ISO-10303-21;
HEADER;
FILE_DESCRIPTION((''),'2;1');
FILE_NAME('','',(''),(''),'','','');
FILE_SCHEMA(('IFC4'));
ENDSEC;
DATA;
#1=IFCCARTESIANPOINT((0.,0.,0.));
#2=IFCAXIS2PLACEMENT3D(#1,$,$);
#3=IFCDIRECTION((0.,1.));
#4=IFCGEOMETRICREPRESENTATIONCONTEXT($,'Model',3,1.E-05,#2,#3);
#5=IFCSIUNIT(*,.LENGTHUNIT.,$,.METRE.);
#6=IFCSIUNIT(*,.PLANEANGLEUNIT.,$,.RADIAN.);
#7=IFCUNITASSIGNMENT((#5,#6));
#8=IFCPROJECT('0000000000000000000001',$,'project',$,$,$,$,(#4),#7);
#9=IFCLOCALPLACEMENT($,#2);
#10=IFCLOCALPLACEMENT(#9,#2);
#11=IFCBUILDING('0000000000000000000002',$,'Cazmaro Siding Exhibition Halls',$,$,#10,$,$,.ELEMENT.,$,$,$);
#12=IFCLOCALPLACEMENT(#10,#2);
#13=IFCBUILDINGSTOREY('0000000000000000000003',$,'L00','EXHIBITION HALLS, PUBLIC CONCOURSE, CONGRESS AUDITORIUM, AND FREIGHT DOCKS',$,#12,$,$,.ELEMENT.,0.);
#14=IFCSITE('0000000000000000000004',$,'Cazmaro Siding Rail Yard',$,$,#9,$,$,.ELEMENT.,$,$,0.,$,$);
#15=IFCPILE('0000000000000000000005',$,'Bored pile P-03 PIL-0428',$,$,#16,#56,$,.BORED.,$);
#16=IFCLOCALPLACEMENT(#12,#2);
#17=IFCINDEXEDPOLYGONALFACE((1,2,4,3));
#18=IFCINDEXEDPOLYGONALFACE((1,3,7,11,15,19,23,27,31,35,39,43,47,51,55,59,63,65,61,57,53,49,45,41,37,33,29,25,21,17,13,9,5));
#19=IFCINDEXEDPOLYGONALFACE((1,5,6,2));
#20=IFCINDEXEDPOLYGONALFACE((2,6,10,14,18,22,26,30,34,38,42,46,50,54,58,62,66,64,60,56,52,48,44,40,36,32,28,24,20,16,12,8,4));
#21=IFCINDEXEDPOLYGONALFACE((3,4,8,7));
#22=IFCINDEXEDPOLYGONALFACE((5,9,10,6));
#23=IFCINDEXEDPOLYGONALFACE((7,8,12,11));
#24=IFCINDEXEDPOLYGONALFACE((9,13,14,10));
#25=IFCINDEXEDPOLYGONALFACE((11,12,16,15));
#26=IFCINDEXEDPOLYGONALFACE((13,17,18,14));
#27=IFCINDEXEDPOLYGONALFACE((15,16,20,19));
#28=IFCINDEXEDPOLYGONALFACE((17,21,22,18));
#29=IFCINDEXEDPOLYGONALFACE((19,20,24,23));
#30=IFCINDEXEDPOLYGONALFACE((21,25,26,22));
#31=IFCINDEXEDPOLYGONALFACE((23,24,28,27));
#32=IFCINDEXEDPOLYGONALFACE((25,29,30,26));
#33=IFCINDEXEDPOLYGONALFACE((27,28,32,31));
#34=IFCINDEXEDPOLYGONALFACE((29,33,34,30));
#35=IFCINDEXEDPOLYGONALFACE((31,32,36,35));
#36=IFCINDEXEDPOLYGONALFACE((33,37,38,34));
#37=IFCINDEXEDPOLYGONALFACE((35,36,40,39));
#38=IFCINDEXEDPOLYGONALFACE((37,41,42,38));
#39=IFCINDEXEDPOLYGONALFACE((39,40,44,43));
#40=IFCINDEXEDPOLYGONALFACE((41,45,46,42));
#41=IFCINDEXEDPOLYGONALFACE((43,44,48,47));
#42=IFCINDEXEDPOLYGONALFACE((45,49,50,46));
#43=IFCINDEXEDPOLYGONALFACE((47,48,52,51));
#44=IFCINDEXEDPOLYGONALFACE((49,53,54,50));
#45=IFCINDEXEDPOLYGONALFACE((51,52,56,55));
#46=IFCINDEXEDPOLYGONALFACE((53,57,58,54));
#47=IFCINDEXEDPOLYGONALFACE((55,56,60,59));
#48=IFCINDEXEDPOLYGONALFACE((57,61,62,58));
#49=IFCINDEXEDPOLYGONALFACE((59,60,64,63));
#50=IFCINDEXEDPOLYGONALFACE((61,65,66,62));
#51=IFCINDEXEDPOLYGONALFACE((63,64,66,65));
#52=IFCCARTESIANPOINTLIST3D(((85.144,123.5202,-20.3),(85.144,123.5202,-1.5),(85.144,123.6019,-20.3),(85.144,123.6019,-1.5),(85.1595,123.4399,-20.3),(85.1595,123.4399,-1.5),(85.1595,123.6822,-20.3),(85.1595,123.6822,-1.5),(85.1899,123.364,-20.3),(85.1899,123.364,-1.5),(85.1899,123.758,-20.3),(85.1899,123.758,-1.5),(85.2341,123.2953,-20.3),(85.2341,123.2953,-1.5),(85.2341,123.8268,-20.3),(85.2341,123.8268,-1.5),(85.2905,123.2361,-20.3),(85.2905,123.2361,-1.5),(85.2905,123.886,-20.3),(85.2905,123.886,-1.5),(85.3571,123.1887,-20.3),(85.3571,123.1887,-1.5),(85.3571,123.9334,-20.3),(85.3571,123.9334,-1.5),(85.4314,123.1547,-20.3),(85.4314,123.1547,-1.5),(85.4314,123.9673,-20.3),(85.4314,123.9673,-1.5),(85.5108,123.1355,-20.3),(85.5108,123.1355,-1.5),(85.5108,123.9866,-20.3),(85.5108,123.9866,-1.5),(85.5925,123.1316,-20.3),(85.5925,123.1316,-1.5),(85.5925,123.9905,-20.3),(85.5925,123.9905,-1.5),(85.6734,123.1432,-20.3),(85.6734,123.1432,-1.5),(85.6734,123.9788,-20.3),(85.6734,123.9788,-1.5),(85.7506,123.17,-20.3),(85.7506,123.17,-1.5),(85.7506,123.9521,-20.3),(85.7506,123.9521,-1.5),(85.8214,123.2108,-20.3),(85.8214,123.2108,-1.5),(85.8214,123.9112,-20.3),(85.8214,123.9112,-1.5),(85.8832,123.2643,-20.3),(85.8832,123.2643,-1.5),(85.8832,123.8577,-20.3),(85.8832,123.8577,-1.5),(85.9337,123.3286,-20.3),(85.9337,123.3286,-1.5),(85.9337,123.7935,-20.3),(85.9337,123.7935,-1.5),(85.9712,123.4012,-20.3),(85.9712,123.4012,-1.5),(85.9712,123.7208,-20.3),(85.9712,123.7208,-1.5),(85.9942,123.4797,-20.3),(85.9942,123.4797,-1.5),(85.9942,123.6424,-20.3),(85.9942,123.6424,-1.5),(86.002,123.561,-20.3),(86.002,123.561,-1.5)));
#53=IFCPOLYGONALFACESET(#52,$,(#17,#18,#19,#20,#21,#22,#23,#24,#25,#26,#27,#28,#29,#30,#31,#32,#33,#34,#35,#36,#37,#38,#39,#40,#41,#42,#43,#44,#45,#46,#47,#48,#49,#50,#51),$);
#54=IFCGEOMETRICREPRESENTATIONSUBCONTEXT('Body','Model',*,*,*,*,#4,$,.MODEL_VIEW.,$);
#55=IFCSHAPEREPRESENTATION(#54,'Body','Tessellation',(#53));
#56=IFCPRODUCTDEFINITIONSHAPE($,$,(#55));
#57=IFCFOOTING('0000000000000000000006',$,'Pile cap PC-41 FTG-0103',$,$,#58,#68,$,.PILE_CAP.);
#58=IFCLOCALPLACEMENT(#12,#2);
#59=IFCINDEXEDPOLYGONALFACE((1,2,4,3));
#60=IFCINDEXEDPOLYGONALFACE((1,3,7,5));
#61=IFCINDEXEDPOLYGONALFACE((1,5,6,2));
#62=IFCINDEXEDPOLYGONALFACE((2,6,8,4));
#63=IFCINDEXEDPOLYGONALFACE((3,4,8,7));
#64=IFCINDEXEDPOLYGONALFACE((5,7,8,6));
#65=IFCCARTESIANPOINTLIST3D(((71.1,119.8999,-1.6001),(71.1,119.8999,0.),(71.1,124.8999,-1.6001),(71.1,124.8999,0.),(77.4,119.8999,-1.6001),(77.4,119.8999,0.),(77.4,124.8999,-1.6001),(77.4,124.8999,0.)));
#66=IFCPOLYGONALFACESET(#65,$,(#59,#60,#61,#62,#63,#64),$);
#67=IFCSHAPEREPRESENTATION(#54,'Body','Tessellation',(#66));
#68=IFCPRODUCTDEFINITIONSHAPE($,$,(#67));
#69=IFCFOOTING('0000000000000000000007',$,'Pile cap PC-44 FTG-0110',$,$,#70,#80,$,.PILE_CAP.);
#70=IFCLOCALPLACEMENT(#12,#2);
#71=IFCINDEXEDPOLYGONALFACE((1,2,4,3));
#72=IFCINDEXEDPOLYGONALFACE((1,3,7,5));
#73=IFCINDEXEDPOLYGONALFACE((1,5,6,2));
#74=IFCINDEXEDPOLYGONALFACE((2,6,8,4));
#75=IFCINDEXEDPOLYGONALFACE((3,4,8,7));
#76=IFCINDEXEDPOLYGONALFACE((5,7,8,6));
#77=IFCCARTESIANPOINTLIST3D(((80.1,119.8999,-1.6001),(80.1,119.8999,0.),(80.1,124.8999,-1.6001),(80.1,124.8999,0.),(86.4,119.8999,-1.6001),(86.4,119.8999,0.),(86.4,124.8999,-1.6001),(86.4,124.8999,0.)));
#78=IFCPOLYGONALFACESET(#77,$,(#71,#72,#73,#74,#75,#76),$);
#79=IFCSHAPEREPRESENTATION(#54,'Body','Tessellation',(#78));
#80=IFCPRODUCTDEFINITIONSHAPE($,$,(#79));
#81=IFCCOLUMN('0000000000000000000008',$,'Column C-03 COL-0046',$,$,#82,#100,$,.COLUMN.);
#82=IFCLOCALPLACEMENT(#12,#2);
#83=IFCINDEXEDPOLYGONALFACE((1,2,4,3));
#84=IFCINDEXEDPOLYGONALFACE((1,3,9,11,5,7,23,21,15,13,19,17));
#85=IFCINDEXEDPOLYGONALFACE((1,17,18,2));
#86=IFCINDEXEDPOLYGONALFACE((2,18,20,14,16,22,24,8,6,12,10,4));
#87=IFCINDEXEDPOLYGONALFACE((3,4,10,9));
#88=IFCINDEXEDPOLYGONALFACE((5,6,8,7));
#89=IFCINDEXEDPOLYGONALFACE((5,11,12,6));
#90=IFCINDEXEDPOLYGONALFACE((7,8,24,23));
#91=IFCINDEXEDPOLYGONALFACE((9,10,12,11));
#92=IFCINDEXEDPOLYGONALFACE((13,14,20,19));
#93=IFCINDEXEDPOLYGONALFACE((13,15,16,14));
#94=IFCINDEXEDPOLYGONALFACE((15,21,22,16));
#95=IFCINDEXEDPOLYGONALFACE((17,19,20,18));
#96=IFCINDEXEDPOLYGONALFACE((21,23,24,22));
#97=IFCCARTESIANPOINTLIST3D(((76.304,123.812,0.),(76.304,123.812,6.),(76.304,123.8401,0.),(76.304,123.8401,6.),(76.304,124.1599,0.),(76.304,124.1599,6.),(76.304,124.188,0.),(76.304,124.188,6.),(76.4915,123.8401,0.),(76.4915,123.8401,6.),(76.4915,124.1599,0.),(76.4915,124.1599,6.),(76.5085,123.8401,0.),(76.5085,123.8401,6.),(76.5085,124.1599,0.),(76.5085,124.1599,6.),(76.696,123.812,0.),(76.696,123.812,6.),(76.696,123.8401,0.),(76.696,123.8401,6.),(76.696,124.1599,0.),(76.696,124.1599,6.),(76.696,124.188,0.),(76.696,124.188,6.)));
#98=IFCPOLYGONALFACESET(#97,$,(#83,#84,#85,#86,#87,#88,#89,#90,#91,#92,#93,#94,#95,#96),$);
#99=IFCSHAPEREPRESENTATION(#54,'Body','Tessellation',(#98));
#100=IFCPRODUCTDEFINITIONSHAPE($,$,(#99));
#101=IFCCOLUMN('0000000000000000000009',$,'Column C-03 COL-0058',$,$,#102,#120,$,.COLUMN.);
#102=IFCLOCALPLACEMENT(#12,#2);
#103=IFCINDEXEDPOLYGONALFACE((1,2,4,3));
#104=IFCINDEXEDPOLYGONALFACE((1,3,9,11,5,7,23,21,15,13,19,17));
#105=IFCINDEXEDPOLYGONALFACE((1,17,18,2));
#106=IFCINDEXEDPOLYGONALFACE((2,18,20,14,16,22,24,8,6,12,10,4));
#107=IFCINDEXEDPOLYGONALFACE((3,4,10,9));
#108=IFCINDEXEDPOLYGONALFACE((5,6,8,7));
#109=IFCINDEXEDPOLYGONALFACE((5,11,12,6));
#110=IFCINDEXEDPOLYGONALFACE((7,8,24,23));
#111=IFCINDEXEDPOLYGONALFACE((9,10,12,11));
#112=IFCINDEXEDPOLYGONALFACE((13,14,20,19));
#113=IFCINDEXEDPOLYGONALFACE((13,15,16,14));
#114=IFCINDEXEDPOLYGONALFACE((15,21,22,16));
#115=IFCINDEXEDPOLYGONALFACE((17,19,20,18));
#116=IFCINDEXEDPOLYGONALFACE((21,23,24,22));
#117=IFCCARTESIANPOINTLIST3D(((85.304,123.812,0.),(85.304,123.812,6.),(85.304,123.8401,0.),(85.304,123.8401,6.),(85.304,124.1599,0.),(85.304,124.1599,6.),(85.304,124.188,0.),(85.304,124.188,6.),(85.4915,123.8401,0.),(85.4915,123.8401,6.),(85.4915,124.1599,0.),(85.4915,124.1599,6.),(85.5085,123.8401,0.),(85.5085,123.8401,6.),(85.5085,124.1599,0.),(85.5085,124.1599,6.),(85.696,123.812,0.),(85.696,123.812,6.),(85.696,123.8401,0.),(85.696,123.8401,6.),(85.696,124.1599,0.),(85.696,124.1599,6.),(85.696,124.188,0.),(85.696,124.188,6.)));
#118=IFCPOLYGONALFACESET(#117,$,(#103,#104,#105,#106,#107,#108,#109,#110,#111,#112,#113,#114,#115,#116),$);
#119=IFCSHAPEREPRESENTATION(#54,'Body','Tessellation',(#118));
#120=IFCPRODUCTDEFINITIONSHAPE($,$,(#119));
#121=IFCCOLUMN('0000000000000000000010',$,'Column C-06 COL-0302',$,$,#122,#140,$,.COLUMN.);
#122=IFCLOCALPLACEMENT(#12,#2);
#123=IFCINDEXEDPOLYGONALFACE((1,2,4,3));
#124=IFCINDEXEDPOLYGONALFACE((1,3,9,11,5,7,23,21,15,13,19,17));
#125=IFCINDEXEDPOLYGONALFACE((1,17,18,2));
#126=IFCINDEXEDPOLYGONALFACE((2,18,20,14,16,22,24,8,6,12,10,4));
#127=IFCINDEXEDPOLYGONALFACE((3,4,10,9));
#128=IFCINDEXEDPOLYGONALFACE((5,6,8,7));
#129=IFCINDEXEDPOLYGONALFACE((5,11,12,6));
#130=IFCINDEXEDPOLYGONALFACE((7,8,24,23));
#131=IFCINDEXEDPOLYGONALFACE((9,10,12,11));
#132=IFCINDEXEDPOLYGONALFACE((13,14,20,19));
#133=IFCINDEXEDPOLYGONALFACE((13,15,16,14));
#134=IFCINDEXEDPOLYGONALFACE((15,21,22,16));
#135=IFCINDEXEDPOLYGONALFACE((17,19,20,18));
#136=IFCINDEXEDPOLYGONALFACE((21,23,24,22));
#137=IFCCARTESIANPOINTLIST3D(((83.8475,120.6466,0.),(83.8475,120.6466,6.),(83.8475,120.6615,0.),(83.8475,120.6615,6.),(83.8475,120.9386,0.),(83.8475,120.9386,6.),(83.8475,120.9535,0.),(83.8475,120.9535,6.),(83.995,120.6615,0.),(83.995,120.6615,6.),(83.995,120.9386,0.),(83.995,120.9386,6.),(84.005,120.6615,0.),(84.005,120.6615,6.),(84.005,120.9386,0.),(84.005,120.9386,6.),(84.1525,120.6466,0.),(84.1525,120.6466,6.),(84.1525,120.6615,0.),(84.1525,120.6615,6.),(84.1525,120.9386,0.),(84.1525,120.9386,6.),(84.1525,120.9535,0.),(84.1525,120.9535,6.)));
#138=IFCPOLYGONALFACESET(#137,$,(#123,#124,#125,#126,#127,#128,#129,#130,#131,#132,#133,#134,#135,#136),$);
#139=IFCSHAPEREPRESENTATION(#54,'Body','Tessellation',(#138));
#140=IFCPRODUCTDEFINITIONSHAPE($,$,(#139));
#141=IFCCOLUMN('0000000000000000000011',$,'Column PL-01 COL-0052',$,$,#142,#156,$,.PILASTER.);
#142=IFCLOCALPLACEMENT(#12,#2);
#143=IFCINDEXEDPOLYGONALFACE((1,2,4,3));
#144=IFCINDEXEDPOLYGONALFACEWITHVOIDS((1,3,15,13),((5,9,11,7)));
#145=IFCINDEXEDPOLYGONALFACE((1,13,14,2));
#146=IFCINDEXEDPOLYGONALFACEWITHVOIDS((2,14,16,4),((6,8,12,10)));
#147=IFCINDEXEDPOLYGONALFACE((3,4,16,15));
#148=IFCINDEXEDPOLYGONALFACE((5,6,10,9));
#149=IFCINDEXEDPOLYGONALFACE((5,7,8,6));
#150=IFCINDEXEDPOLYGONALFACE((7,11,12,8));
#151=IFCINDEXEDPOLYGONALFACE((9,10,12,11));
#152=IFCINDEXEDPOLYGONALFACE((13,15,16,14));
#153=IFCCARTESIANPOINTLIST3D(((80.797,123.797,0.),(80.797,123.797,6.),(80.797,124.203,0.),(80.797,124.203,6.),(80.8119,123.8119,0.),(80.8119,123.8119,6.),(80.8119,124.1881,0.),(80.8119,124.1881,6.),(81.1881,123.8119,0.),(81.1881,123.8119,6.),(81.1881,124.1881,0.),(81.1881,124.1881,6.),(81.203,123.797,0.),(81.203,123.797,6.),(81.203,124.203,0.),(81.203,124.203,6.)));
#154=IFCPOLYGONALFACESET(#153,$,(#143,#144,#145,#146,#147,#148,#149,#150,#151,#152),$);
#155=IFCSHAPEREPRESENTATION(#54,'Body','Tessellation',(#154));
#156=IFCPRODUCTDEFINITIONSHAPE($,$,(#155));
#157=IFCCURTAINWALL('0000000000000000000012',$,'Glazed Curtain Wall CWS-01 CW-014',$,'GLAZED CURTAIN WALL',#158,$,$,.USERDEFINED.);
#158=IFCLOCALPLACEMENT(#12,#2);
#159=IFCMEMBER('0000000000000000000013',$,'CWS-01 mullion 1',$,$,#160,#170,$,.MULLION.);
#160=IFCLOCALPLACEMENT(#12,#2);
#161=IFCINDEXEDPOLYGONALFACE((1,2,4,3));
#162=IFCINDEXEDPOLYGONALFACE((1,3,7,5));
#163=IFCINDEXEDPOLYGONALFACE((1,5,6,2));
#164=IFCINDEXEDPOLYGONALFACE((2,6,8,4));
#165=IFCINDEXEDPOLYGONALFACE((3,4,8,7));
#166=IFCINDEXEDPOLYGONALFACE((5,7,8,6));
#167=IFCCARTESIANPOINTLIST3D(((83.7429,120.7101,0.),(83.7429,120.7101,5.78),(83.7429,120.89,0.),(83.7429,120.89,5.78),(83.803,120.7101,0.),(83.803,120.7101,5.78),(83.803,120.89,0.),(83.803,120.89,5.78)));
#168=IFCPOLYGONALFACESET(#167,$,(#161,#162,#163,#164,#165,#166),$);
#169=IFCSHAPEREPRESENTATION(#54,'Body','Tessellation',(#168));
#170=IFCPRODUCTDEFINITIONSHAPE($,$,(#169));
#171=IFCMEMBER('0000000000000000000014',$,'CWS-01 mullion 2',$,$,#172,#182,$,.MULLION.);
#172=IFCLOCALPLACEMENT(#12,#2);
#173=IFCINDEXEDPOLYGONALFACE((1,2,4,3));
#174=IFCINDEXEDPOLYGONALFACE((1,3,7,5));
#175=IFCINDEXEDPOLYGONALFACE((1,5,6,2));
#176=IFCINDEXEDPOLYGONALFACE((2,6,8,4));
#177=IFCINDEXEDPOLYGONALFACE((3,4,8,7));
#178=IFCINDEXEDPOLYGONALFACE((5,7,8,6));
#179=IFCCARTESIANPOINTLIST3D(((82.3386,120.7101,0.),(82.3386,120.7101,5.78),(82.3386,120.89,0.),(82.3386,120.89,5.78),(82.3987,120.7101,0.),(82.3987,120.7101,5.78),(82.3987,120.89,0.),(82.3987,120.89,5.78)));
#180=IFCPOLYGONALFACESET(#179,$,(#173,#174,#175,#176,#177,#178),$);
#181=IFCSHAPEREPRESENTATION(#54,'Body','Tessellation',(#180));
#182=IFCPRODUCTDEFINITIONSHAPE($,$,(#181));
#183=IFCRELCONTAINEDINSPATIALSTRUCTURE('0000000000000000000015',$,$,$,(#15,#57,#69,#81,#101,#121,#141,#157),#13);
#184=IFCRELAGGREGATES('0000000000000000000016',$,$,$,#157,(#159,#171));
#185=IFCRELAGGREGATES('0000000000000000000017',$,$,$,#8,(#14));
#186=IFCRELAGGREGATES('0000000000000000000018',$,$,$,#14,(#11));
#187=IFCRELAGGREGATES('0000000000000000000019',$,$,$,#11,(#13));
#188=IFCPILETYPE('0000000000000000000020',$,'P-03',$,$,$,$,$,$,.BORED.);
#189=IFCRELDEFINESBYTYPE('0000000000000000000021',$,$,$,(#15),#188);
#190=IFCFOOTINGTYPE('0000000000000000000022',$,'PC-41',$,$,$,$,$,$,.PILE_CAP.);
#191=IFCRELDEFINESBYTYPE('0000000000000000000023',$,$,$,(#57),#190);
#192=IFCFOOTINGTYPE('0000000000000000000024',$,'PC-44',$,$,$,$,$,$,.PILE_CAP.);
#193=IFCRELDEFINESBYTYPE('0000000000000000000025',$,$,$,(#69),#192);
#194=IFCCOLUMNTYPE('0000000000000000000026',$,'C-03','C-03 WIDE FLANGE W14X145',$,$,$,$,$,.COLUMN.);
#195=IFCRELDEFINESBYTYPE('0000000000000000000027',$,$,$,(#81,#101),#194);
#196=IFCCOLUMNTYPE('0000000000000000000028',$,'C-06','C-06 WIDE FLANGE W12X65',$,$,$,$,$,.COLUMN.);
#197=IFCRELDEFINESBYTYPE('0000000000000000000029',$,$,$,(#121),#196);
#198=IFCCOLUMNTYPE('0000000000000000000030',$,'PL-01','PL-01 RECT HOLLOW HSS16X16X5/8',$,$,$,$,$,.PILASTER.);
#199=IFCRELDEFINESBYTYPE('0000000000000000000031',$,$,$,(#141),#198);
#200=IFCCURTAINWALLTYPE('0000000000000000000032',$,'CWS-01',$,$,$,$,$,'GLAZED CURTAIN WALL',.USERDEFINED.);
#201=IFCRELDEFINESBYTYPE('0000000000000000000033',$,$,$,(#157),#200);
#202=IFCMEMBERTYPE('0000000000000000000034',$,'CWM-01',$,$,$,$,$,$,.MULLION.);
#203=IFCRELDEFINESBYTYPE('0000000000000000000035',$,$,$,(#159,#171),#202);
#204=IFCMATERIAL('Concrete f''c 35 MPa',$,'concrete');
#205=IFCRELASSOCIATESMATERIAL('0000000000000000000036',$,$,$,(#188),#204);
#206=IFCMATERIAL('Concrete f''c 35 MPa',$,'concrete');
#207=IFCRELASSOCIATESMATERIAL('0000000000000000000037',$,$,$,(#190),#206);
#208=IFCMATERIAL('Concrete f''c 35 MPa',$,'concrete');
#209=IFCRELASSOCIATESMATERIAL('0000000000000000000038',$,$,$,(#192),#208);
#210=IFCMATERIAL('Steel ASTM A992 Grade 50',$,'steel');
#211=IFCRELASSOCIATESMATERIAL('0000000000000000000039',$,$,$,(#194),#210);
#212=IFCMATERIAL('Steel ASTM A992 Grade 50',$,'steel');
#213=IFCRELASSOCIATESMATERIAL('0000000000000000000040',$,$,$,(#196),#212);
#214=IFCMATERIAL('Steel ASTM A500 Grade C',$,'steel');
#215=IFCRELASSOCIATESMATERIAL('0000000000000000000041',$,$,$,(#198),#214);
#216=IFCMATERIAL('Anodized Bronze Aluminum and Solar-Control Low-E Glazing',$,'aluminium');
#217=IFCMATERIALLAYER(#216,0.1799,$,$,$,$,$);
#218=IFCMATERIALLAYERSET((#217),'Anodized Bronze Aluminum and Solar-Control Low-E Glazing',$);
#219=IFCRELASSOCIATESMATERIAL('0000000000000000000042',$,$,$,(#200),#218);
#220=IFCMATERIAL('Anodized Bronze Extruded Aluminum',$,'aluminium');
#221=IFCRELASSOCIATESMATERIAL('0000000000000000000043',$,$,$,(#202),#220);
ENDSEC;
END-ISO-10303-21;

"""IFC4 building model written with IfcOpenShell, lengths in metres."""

from ifc_helpers import new_model, si_unit, direction, frame, origin, origin_2d, place, context, subcontext, project, spatial, rectangle, hollow_rectangle, circle, i_section, extrude, material, layer, layer_set, material_profile, profile_set, type_object, element, aggregate, save


model = new_model("IFC4")

# Units and contexts
model_context = context("Model", 3, precision=1e-05, world=origin(), true_north=direction((0.0, 1.0)))
body_context = subcontext(model_context, "Body", "Model", "MODEL_VIEW")
ifc_project = project(units=[si_unit("LENGTHUNIT", "METRE"), si_unit("PLANEANGLEUNIT", "RADIAN")], contexts=[model_context])

# Site, building, storey
site_placement = place(None, origin())
site = spatial("IfcSite", under=ifc_project, at=site_placement, Name="Cazmaro Siding Rail Yard", CompositionType="ELEMENT", RefElevation=0.0)
building_placement = place(site_placement, origin())
building = spatial("IfcBuilding", under=site, at=building_placement, Name="Cazmaro Siding Exhibition Halls", CompositionType="ELEMENT")
storey_placement = place(building_placement, origin())
storey = spatial("IfcBuildingStorey", under=building, at=storey_placement, Name="L00", Description="EXHIBITION HALLS, PUBLIC CONCOURSE, CONGRESS AUDITORIUM, AND FREIGHT DOCKS", CompositionType="ELEMENT", Elevation=0.0)

# Pile
ifc_material_1 = material(Name="Concrete f'c 35 MPa", Category="concrete")
ifc_material_profile_1 = material_profile(ifc_material_1, circle(Radius=0.4299, at=origin_2d()), Name="CIDH-860")
ifc_profile_set_1 = profile_set([ifc_material_profile_1], Name="Concrete f'c 35 MPa")
pile_type = type_object("IfcPileType", Name="P-03", PredefinedType="BORED", material=ifc_profile_set_1)
for number, where, z_axis, x_axis, name in (
    (1, (85.572, 123.561, -1.5), (0.0, 0.0, -1.0), (1.0, 0.0, 0.0), "Bored pile P-03 PIL-0428"),
):
    element("IfcPile", number, at=place(storey_placement, frame(where, z_axis=z_axis, x_axis=x_axis)), inside=storey, type_object=pile_type, Name=name, PredefinedType="BORED", context=body_context, shape_type="SweptSolid", body=[
        extrude(circle(Radius=0.4299, at=origin_2d()), origin(), (0.0, 0.0, 1.0), 18.8),
    ])

# Footings
ifc_material_2 = material(Name="Concrete f'c 35 MPa", Category="concrete")
footing_type_1 = type_object("IfcFootingType", Name="PC-41", PredefinedType="PILE_CAP", material=ifc_material_2)
footing_1_placement = place(storey_placement, frame((74.25, 122.3999, -1.6001), z_axis=(0.0, 0.0, 1.0), x_axis=(1.0, 0.0, 0.0)))
element("IfcFooting", 2, at=footing_1_placement, inside=storey, type_object=footing_type_1, Name="Pile cap PC-41 FTG-0103", PredefinedType="PILE_CAP", context=body_context, shape_type="SweptSolid", body=[
    extrude(rectangle(XDim=6.3, YDim=5.0, at=origin_2d()), origin(), (0.0, 0.0, 1.0), 1.6001),
])
ifc_material_3 = material(Name="Concrete f'c 35 MPa", Category="concrete")
footing_type_2 = type_object("IfcFootingType", Name="PC-44", PredefinedType="PILE_CAP", material=ifc_material_3)
footing_2_placement = place(storey_placement, frame((83.25, 122.3999, -1.6001), z_axis=(0.0, 0.0, 1.0), x_axis=(1.0, 0.0, 0.0)))
element("IfcFooting", 3, at=footing_2_placement, inside=storey, type_object=footing_type_2, Name="Pile cap PC-44 FTG-0110", PredefinedType="PILE_CAP", context=body_context, shape_type="SweptSolid", body=[
    extrude(rectangle(XDim=6.3, YDim=5.0, at=origin_2d()), origin(), (0.0, 0.0, 1.0), 1.6001),
])

# Columns
ifc_material_4 = material(Name="Steel ASTM A992 Grade 50", Category="steel")
ifc_material_profile_2 = material_profile(ifc_material_4, i_section(OverallWidth=0.3921, OverallDepth=0.376, WebThickness=0.0171, FlangeThickness=0.0281, at=origin_2d()), Name="W14X145")
ifc_profile_set_2 = profile_set([ifc_material_profile_2], Name="Steel ASTM A992 Grade 50")
column_type_1 = type_object("IfcColumnType", Name="C-03", Description="C-03 WIDE FLANGE W14X145", PredefinedType="COLUMN", material=ifc_profile_set_2)
for number, where, z_axis, x_axis, name in (
    (4, (76.5, 124.0, 0.0), (0.0, 0.0, 1.0), (1.0, 0.0, 0.0), "Column C-03 COL-0046"),
    (5, (85.5, 124.0, 0.0), (0.0, 0.0, 1.0), (1.0, 0.0, 0.0), "Column C-03 COL-0058"),
):
    element("IfcColumn", number, at=place(storey_placement, frame(where, z_axis=z_axis, x_axis=x_axis)), inside=storey, type_object=column_type_1, Name=name, PredefinedType="COLUMN", context=body_context, shape_type="SweptSolid", body=[
        extrude(i_section(OverallWidth=0.3921, OverallDepth=0.376, WebThickness=0.0171, FlangeThickness=0.0281, at=origin_2d()), origin(), (0.0, 0.0, 1.0), 6.0),
    ])
ifc_material_5 = material(Name="Steel ASTM A992 Grade 50", Category="steel")
ifc_material_profile_3 = material_profile(ifc_material_5, i_section(OverallWidth=0.3049, OverallDepth=0.3069, WebThickness=0.01, FlangeThickness=0.0149, at=origin_2d()), Name="W12X65")
ifc_profile_set_3 = profile_set([ifc_material_profile_3], Name="Steel ASTM A992 Grade 50")
column_type_2 = type_object("IfcColumnType", Name="C-06", Description="C-06 WIDE FLANGE W12X65", PredefinedType="COLUMN", material=ifc_profile_set_3)
column_1_placement = place(storey_placement, frame((84.0, 120.8, 0.0), z_axis=(0.0, 0.0, 1.0), x_axis=(1.0, 0.0, 0.0)))
element("IfcColumn", 6, at=column_1_placement, inside=storey, type_object=column_type_2, Name="Column C-06 COL-0302", PredefinedType="COLUMN", context=body_context, shape_type="SweptSolid", body=[
    extrude(i_section(OverallWidth=0.3049, OverallDepth=0.3069, WebThickness=0.01, FlangeThickness=0.0149, at=origin_2d()), origin(), (0.0, 0.0, 1.0), 6.0),
])
ifc_material_6 = material(Name="Steel ASTM A500 Grade C", Category="steel")
ifc_material_profile_4 = material_profile(ifc_material_6, hollow_rectangle(XDim=0.406, YDim=0.406, WallThickness=0.0149, at=origin_2d()), Name="HSS16X16X5/8")
ifc_profile_set_4 = profile_set([ifc_material_profile_4], Name="Steel ASTM A500 Grade C")
column_type_3 = type_object("IfcColumnType", Name="PL-01", Description="PL-01 RECT HOLLOW HSS16X16X5/8", PredefinedType="PILASTER", material=ifc_profile_set_4)
column_2_placement = place(storey_placement, frame((81.0, 124.0, 0.0), z_axis=(0.0, 0.0, 1.0), x_axis=(1.0, 0.0, 0.0)))
element("IfcColumn", 7, at=column_2_placement, inside=storey, type_object=column_type_3, Name="Column PL-01 COL-0052", PredefinedType="PILASTER", context=body_context, shape_type="SweptSolid", body=[
    extrude(hollow_rectangle(XDim=0.406, YDim=0.406, WallThickness=0.0149, at=origin_2d()), origin(), (0.0, 0.0, 1.0), 6.0),
])

# Curtain wall, members
ifc_material_7 = material(Name="Anodized Bronze Aluminum and Solar-Control Low-E Glazing", Category="aluminium")
ifc_layer_1 = layer(ifc_material_7, 0.1799)
ifc_layer_set_1 = layer_set([ifc_layer_1], Name="Anodized Bronze Aluminum and Solar-Control Low-E Glazing")
curtain_wall_type = type_object("IfcCurtainWallType", Name="CWS-01", ElementType="GLAZED CURTAIN WALL", PredefinedType="USERDEFINED", material=ifc_layer_set_1)
curtain_wall_placement = place(storey_placement, origin())
curtain_wall = element("IfcCurtainWall", 8, at=curtain_wall_placement, inside=storey, type_object=curtain_wall_type, Name="Glazed Curtain Wall CWS-01 CW-014", ObjectType="GLAZED CURTAIN WALL", PredefinedType="USERDEFINED")
ifc_material_8 = material(Name="Anodized Bronze Extruded Aluminum", Category="aluminium")
ifc_material_profile_5 = material_profile(ifc_material_8, rectangle(XDim=0.1799, YDim=0.0601, at=origin_2d()), Name="CWM-01")
ifc_profile_set_5 = profile_set([ifc_material_profile_5], Name="Anodized Bronze Extruded Aluminum")
member_type_1 = type_object("IfcMemberType", Name="CWM-01", PredefinedType="MULLION", material=ifc_profile_set_5)
member_1_placement = place(storey_placement, frame((83.7729, 120.8, 0.0), z_axis=(0.0, 0.0, 1.0), x_axis=(0.0, -1.0, 0.0)))
member_1 = element("IfcMember", 9, at=member_1_placement, type_object=member_type_1, Name="CWS-01 mullion 1", PredefinedType="MULLION", context=body_context, shape_type="SweptSolid", body=[
    extrude(rectangle(XDim=0.1799, YDim=0.0601, at=origin_2d()), origin(), (0.0, 0.0, 1.0), 5.78),
])
member_2_placement = place(storey_placement, frame((82.3687, 120.8, 0.0), z_axis=(0.0, 0.0, 1.0), x_axis=(0.0, -1.0, 0.0)))
member_2 = element("IfcMember", 10, at=member_2_placement, type_object=member_type_1, Name="CWS-01 mullion 2", PredefinedType="MULLION", context=body_context, shape_type="SweptSolid", body=[
    extrude(rectangle(XDim=0.1799, YDim=0.0601, at=origin_2d()), origin(), (0.0, 0.0, 1.0), 5.78),
])
aggregate(curtain_wall, [member_1, member_2])

save(model, "model.ifc")
